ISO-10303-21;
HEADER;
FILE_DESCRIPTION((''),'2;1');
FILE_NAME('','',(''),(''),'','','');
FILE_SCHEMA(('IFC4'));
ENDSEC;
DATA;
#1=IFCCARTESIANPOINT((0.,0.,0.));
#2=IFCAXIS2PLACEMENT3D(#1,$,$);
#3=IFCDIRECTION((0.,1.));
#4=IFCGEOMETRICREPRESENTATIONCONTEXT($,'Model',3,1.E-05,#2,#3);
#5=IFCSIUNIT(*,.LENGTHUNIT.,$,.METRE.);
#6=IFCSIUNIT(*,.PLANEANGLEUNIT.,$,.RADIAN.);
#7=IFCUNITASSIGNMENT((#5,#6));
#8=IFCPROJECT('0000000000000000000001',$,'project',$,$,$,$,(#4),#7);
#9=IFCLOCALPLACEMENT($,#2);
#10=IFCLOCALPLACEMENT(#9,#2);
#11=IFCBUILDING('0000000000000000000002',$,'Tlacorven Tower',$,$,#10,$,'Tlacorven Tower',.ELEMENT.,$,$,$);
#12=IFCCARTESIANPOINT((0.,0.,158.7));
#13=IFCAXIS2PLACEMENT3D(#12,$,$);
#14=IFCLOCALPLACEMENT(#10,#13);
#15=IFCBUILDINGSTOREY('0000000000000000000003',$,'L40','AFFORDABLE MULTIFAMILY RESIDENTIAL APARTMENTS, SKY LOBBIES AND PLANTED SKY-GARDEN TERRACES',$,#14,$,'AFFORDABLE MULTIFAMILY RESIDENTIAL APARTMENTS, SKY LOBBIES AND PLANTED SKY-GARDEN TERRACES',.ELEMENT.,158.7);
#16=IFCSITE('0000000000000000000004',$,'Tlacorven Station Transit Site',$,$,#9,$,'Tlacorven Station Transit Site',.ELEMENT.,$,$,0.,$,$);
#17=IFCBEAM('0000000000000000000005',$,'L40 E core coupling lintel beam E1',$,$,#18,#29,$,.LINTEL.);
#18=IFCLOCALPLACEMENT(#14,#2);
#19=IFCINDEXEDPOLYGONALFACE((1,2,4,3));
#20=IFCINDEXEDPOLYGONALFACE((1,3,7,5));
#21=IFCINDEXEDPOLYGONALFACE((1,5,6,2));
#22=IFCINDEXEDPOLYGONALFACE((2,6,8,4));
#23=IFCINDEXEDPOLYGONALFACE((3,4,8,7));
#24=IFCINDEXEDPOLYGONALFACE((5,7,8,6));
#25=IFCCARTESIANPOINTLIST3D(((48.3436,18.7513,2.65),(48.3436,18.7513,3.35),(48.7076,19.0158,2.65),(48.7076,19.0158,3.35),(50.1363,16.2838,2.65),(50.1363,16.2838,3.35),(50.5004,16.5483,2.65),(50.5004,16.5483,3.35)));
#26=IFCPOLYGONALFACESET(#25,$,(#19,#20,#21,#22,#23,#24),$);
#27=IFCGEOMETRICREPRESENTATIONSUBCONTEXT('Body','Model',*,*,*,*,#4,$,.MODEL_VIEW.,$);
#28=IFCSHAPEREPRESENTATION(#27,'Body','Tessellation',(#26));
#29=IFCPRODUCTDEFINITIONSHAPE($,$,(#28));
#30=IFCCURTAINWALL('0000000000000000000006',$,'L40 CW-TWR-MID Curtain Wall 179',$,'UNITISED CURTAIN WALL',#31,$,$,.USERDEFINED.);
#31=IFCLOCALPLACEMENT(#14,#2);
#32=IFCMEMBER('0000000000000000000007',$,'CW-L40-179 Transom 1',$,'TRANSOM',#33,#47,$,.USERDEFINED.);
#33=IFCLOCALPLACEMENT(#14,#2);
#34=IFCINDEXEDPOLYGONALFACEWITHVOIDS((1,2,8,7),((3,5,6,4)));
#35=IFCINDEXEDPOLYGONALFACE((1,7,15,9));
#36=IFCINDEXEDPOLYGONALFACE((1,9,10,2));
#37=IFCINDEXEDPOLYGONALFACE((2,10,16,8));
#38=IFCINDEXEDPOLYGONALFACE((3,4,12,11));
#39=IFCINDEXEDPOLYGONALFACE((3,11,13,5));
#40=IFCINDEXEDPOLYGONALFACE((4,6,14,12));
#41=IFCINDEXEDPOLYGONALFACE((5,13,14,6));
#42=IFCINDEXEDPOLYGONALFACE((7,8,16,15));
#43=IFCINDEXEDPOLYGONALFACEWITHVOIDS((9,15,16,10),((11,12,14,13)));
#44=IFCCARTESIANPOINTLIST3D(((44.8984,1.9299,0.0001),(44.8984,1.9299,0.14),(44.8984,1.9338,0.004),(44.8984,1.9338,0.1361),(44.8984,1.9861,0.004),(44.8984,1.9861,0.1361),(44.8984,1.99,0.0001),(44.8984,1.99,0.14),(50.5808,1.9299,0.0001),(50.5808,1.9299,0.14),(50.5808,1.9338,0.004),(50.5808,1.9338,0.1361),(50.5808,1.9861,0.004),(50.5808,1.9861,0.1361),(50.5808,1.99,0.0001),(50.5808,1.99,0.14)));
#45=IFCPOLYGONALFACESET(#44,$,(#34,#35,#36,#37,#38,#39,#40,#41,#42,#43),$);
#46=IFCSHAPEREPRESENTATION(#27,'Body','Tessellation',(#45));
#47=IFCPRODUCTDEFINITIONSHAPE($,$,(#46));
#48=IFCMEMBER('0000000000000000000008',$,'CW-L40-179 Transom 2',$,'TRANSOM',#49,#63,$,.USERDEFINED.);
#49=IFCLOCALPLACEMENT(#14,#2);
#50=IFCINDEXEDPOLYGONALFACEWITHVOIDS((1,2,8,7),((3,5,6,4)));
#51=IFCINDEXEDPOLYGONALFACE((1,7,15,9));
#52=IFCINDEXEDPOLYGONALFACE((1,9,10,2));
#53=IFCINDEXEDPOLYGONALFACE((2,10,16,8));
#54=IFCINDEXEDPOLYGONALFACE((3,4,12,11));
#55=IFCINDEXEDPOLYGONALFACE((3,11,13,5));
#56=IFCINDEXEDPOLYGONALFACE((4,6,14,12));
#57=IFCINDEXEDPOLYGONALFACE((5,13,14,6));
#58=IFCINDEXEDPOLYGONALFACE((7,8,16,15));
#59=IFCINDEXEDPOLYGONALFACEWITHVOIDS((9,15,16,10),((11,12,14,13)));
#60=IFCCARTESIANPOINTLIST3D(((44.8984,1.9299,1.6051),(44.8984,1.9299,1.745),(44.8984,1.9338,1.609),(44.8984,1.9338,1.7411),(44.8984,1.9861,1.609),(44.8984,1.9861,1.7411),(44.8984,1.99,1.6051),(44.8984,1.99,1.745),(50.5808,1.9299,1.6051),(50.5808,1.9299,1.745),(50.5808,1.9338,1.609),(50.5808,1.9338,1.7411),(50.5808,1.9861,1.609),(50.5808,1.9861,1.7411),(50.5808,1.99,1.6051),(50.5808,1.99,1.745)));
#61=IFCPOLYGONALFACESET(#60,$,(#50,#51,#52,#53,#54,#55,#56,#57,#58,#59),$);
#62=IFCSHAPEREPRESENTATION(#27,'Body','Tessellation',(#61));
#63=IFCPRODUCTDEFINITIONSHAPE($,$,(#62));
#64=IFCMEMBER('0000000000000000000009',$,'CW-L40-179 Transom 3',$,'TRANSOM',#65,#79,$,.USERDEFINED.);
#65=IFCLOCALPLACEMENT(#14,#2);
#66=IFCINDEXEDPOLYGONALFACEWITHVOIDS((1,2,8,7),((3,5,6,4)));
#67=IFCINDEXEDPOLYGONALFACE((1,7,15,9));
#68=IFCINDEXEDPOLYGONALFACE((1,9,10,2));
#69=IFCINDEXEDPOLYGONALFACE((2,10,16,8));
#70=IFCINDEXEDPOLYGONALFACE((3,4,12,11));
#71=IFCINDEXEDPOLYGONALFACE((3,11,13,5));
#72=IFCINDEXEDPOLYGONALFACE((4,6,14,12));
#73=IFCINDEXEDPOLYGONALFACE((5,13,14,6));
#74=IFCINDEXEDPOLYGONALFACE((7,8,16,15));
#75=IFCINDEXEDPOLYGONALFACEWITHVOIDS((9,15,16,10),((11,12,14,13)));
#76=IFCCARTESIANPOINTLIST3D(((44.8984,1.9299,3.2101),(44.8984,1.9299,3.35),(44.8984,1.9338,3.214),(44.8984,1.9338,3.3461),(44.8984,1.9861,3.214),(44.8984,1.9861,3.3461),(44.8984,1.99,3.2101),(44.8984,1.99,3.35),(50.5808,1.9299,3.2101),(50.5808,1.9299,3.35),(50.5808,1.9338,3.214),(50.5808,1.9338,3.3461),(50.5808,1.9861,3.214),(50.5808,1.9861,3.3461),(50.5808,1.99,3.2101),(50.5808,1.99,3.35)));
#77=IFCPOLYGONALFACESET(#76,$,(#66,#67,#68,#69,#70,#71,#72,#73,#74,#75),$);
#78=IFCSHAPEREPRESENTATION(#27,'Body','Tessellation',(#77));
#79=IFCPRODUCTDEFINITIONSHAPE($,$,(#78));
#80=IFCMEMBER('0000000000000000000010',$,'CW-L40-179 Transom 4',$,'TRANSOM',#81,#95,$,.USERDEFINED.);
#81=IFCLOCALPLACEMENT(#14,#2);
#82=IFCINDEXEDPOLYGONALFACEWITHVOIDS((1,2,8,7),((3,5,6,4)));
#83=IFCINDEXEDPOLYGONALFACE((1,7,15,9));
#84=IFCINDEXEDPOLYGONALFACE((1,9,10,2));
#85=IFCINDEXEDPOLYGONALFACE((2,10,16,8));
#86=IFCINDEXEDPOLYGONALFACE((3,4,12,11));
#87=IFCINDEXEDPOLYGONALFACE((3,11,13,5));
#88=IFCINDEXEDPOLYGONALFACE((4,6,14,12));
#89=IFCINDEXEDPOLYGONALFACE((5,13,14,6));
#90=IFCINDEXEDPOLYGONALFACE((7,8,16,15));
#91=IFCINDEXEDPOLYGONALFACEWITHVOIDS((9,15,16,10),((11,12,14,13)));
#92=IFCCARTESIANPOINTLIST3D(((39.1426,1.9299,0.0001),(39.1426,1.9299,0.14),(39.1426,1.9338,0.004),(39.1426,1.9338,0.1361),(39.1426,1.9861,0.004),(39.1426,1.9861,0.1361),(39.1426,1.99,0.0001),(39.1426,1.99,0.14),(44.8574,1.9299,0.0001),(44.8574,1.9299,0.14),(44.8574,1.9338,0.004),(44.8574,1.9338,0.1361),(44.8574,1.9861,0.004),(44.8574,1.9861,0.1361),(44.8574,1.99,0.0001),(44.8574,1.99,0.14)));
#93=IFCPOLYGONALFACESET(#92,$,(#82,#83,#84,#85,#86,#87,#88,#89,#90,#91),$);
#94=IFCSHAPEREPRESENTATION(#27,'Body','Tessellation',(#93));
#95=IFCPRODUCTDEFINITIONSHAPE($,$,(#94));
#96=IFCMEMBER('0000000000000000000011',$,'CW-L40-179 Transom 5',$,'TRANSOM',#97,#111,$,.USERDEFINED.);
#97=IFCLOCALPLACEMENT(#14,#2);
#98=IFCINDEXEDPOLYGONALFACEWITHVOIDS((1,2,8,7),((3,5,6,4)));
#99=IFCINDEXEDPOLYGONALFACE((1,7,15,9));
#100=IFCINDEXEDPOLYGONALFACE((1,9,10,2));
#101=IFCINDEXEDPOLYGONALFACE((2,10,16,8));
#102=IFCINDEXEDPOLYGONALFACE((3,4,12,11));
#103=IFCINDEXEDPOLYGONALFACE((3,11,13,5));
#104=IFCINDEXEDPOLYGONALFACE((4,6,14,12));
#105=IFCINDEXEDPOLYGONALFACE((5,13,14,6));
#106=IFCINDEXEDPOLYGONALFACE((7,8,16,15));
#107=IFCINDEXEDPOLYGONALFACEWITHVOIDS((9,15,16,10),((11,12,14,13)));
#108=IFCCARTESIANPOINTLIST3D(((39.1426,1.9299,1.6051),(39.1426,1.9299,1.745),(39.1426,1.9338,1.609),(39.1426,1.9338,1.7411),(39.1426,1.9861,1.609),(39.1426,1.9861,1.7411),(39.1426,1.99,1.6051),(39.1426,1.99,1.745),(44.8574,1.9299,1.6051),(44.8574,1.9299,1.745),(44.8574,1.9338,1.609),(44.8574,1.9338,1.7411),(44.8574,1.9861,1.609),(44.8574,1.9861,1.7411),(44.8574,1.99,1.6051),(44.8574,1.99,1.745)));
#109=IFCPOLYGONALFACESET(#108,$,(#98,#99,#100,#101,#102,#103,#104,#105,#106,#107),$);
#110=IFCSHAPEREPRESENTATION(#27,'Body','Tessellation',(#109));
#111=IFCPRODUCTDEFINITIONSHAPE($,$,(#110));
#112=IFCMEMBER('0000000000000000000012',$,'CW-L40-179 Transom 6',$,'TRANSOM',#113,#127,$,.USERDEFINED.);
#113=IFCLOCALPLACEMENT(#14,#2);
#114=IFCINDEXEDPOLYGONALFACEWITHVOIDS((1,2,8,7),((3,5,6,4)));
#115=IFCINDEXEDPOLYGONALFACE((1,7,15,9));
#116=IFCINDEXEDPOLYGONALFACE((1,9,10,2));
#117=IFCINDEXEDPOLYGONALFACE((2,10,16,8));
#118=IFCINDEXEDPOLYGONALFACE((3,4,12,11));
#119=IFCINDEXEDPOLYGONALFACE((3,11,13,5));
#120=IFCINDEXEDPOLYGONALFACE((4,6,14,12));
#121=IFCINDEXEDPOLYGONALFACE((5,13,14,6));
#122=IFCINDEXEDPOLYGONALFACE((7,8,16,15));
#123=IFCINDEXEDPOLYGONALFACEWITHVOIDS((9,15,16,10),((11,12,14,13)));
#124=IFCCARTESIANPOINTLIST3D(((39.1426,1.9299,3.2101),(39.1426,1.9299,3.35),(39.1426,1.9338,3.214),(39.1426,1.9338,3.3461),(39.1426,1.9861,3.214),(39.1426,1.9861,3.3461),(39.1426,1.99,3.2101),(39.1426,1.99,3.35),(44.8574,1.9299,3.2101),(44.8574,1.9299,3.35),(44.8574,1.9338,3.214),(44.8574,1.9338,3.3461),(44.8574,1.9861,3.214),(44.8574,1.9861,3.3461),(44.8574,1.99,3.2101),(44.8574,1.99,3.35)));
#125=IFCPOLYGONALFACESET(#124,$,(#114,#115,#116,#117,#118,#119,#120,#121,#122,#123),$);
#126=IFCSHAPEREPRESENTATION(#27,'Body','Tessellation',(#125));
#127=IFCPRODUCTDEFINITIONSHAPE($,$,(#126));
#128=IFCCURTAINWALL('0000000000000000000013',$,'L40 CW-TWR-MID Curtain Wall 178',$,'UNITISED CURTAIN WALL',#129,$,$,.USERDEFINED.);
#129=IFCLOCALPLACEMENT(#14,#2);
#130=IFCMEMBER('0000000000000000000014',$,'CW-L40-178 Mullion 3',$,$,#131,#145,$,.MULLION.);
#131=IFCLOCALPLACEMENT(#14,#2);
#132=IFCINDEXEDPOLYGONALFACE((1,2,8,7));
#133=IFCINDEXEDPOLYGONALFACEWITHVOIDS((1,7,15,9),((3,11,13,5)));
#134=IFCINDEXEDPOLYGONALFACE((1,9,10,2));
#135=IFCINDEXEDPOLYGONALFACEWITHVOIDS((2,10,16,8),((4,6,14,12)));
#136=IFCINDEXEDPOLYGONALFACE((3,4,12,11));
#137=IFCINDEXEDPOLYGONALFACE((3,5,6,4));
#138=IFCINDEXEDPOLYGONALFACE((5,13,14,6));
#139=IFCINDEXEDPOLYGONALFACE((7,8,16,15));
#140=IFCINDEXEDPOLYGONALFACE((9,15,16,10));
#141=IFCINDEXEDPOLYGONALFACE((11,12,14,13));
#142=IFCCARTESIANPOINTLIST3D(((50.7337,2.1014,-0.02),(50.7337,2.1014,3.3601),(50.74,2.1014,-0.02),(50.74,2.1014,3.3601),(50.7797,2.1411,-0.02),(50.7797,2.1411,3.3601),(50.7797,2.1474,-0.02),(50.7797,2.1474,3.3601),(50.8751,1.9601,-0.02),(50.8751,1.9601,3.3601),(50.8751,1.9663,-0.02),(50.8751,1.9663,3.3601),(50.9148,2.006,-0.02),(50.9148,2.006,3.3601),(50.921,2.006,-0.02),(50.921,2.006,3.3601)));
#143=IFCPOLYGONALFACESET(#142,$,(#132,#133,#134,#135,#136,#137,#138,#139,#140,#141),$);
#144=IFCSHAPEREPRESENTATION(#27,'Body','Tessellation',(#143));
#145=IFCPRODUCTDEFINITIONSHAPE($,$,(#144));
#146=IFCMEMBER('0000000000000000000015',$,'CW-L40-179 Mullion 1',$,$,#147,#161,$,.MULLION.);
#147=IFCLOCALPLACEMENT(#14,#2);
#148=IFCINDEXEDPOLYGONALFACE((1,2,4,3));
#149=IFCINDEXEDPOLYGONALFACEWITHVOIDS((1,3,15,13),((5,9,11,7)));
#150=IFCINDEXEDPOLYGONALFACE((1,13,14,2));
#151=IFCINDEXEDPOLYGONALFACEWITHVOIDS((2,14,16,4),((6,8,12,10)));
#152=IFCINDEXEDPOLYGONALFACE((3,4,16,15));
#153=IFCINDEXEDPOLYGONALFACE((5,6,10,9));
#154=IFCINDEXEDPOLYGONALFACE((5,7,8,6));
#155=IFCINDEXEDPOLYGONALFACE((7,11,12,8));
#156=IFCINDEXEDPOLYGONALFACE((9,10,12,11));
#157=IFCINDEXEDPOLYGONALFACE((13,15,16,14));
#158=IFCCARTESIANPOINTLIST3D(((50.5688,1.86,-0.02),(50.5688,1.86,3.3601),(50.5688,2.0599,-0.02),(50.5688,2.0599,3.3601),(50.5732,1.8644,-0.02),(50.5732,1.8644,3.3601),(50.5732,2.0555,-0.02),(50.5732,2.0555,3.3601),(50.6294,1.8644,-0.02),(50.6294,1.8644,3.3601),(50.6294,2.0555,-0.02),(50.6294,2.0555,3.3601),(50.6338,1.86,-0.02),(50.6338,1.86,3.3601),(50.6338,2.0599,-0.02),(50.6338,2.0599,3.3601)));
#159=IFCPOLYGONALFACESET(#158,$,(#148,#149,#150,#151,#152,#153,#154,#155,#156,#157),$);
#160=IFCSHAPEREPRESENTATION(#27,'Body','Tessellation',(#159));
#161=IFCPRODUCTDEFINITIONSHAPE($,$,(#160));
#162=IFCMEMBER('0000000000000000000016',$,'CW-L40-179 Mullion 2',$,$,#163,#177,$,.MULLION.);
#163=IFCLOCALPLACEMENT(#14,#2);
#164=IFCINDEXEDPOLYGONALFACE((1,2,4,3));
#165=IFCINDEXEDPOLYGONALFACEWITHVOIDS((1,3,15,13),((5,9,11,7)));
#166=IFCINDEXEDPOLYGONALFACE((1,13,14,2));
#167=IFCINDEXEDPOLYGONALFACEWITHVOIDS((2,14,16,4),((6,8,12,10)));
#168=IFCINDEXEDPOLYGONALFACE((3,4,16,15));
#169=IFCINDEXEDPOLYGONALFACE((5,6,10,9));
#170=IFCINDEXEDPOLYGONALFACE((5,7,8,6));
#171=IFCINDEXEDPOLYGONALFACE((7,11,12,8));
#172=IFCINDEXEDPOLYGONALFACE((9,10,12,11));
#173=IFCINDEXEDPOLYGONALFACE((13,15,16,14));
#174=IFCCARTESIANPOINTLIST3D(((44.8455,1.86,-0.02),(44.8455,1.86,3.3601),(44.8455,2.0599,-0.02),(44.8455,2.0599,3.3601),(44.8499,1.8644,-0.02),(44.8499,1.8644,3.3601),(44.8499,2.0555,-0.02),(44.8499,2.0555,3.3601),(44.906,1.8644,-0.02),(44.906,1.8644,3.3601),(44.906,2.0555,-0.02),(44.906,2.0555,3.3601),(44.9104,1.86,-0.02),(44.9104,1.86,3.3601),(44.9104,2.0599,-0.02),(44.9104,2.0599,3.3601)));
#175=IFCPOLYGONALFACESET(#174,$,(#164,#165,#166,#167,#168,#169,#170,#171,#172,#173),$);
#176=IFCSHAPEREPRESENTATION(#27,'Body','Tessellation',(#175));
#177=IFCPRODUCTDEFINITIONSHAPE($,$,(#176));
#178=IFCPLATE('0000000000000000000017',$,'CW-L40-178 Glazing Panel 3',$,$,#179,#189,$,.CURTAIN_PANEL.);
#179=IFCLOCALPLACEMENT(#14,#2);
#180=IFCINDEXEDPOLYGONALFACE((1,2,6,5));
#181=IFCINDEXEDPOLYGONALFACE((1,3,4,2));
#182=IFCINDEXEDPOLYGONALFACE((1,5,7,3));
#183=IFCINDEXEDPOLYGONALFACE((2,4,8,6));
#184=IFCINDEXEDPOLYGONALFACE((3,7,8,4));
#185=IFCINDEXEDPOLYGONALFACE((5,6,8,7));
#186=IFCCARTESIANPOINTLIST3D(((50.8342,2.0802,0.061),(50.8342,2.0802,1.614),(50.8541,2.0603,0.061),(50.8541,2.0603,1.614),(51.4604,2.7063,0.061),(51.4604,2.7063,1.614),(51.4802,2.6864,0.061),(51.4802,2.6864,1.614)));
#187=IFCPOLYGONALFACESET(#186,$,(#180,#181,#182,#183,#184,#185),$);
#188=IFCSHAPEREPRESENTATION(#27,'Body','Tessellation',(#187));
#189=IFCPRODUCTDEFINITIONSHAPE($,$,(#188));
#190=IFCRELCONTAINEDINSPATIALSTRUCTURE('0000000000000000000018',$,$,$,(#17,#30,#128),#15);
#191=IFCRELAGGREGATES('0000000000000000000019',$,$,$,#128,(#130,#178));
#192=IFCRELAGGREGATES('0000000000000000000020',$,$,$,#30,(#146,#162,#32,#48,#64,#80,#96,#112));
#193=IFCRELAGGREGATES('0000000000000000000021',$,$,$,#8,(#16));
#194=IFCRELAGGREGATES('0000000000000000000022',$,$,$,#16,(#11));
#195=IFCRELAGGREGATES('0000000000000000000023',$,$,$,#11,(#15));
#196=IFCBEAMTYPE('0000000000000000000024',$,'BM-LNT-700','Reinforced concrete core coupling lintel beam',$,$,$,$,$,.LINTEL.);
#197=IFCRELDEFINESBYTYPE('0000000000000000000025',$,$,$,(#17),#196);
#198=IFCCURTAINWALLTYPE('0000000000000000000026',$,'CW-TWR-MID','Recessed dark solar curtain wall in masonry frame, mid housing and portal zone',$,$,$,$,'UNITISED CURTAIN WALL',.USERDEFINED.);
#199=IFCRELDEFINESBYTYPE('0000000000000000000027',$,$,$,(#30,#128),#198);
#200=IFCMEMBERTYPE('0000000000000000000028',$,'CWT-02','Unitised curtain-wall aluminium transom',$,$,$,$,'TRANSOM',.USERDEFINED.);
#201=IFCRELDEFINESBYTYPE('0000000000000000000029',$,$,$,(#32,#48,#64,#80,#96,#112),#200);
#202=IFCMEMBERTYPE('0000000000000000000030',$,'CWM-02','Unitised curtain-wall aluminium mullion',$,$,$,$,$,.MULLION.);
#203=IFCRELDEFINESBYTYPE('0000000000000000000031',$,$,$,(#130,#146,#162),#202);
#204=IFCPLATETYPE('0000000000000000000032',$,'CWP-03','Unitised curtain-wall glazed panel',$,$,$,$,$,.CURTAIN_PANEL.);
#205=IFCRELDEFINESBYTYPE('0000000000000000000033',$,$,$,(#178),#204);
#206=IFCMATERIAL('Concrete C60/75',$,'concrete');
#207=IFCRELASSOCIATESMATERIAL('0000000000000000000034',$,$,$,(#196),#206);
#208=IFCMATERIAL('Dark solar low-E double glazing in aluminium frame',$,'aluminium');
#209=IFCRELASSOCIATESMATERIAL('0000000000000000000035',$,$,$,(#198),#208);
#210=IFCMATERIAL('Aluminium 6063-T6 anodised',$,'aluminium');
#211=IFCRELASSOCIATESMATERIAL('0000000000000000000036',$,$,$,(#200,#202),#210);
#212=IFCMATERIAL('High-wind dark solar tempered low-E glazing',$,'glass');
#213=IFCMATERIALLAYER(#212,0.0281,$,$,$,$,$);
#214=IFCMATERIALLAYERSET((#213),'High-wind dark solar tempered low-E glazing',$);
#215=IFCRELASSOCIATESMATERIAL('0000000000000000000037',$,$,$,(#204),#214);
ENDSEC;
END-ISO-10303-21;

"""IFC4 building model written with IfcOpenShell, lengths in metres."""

from ifc_helpers import new_model, si_unit, direction, frame, origin, origin_2d, place, context, subcontext, project, spatial, rectangle, hollow_rectangle, extrude, source, transform, mapped, material, layer, layer_set, material_profile, profile_set, type_object, element, aggregate, save


model = new_model("IFC4")

# Units and contexts
model_context = context("Model", 3, precision=1e-05, world=origin(), true_north=direction((0.0, 1.0)))
body_context = subcontext(model_context, "Body", "Model", "MODEL_VIEW")
ifc_project = project(units=[si_unit("LENGTHUNIT", "METRE"), si_unit("PLANEANGLEUNIT", "RADIAN")], contexts=[model_context])

# Site, building, storey
site_placement = place(None, origin())
site = spatial("IfcSite", under=ifc_project, at=site_placement, Name="Tlacorven Station Transit Site", LongName="Tlacorven Station Transit Site", CompositionType="ELEMENT", RefElevation=0.0)
building_placement = place(site_placement, origin())
building = spatial("IfcBuilding", under=site, at=building_placement, Name="Tlacorven Tower", LongName="Tlacorven Tower", CompositionType="ELEMENT")
storey_placement = place(building_placement, frame((0.0, 0.0, 158.7)))
storey = spatial("IfcBuildingStorey", under=building, at=storey_placement, Name="L40", Description="AFFORDABLE MULTIFAMILY RESIDENTIAL APARTMENTS, SKY LOBBIES AND PLANTED SKY-GARDEN TERRACES", LongName="AFFORDABLE MULTIFAMILY RESIDENTIAL APARTMENTS, SKY LOBBIES AND PLANTED SKY-GARDEN TERRACES", CompositionType="ELEMENT", Elevation=158.7)

# Beam
ifc_material_1 = material(Name="Concrete C60/75", Category="concrete")
ifc_material_profile_1 = material_profile(ifc_material_1, rectangle(XDim=0.45, YDim=0.7, at=origin_2d()), Name="RC 450X700")
ifc_profile_set_1 = profile_set([ifc_material_profile_1], Name="Concrete C60/75")
beam_type = type_object("IfcBeamType", Name="BM-LNT-700", Description="Reinforced concrete core coupling lintel beam", PredefinedType="LINTEL", material=ifc_profile_set_1)
shared_shape_1 = source(origin(), body_context, "Body", "SweptSolid", [
    extrude(rectangle(XDim=0.45, YDim=0.7, at=origin_2d()), origin(), (0.0, 0.0, 1.0), 3.05),
])
beam_placement = place(storey_placement, frame((50.3184, 16.416, 3.0), z_axis=(-0.587777, 0.809023, 0.0), x_axis=(-0.809023, -0.587777, 0.0)))
element("IfcBeam", 1, at=beam_placement, inside=storey, type_object=beam_type, Name="L40 E core coupling lintel beam E1", PredefinedType="LINTEL", context=body_context, shape_type="MappedRepresentation", body=[
    mapped(shared_shape_1, transform((0.0, 0.0, 0.0), scale=1.0)),
])

# Curtain wall, members
ifc_material_2 = material(Name="Dark solar low-E double glazing in aluminium frame", Category="aluminium")
curtain_wall_type = type_object("IfcCurtainWallType", Name="CW-TWR-MID", Description="Recessed dark solar curtain wall in masonry frame, mid housing and portal zone", ElementType="UNITISED CURTAIN WALL", PredefinedType="USERDEFINED", material=ifc_material_2)
curtain_wall_1_placement = place(storey_placement, origin())
curtain_wall_1 = element("IfcCurtainWall", 2, at=curtain_wall_1_placement, inside=storey, type_object=curtain_wall_type, Name="L40 CW-TWR-MID Curtain Wall 179", ObjectType="UNITISED CURTAIN WALL", PredefinedType="USERDEFINED")
ifc_material_3 = material(Name="Aluminium 6063-T6 anodised", Category="aluminium")
ifc_material_profile_2 = material_profile(ifc_material_3, hollow_rectangle(XDim=0.0601, YDim=0.1399, WallThickness=0.0039, at=origin_2d()), Name="ALU TRANSOM 60X140")
ifc_profile_set_2 = profile_set([ifc_material_profile_2], Name="Aluminium 6063-T6 anodised")
member_type_1 = type_object("IfcMemberType", Name="CWT-02", Description="Unitised curtain-wall aluminium transom", ElementType="TRANSOM", PredefinedType="USERDEFINED", material=ifc_profile_set_2)
shared_shape_2 = source(origin(), body_context, "Body", "SweptSolid", [
    extrude(hollow_rectangle(XDim=0.0601, YDim=0.1399, WallThickness=0.0039, at=origin_2d()), origin(), (0.0, 0.0, 1.0), 5.6824),
])
member_1_placement = place(storey_placement, frame((50.5808, 1.96, 0.0701), z_axis=(-1.0, 0.0, 0.0), x_axis=(0.0, -1.0, 0.0)))
member_1 = element("IfcMember", 3, at=member_1_placement, type_object=member_type_1, Name="CW-L40-179 Transom 1", ObjectType="TRANSOM", PredefinedType="USERDEFINED", context=body_context, shape_type="MappedRepresentation", body=[
    mapped(shared_shape_2, transform((0.0, 0.0, 0.0), scale=1.0)),
])
member_2_placement = place(storey_placement, frame((50.5808, 1.96, 1.675), z_axis=(-1.0, 0.0, 0.0), x_axis=(0.0, -1.0, 0.0)))
member_2 = element("IfcMember", 4, at=member_2_placement, type_object=member_type_1, Name="CW-L40-179 Transom 2", ObjectType="TRANSOM", PredefinedType="USERDEFINED", context=body_context, shape_type="MappedRepresentation", body=[
    mapped(shared_shape_2, transform((0.0, 0.0, 0.0), scale=1.0)),
])
member_3_placement = place(storey_placement, frame((50.5808, 1.96, 3.28), z_axis=(-1.0, 0.0, 0.0), x_axis=(0.0, -1.0, 0.0)))
member_3 = element("IfcMember", 5, at=member_3_placement, type_object=member_type_1, Name="CW-L40-179 Transom 3", ObjectType="TRANSOM", PredefinedType="USERDEFINED", context=body_context, shape_type="MappedRepresentation", body=[
    mapped(shared_shape_2, transform((0.0, 0.0, 0.0), scale=1.0)),
])
shared_shape_3 = source(origin(), body_context, "Body", "SweptSolid", [
    extrude(hollow_rectangle(XDim=0.0601, YDim=0.1399, WallThickness=0.0039, at=origin_2d()), origin(), (0.0, 0.0, 1.0), 5.7148),
])
member_4_placement = place(storey_placement, frame((44.8574, 1.96, 0.0701), z_axis=(-1.0, 0.0, 0.0), x_axis=(0.0, -1.0, 0.0)))
member_4 = element("IfcMember", 6, at=member_4_placement, type_object=member_type_1, Name="CW-L40-179 Transom 4", ObjectType="TRANSOM", PredefinedType="USERDEFINED", context=body_context, shape_type="MappedRepresentation", body=[
    mapped(shared_shape_3, transform((0.0, 0.0, 0.0), scale=1.0)),
])
member_5_placement = place(storey_placement, frame((44.8574, 1.96, 1.675), z_axis=(-1.0, 0.0, 0.0), x_axis=(0.0, -1.0, 0.0)))
member_5 = element("IfcMember", 7, at=member_5_placement, type_object=member_type_1, Name="CW-L40-179 Transom 5", ObjectType="TRANSOM", PredefinedType="USERDEFINED", context=body_context, shape_type="MappedRepresentation", body=[
    mapped(shared_shape_3, transform((0.0, 0.0, 0.0), scale=1.0)),
])
member_6_placement = place(storey_placement, frame((44.8574, 1.96, 3.28), z_axis=(-1.0, 0.0, 0.0), x_axis=(0.0, -1.0, 0.0)))
member_6 = element("IfcMember", 8, at=member_6_placement, type_object=member_type_1, Name="CW-L40-179 Transom 6", ObjectType="TRANSOM", PredefinedType="USERDEFINED", context=body_context, shape_type="MappedRepresentation", body=[
    mapped(shared_shape_3, transform((0.0, 0.0, 0.0), scale=1.0)),
])

# Curtain wall, member
curtain_wall_2_placement = place(storey_placement, origin())
curtain_wall_2 = element("IfcCurtainWall", 9, at=curtain_wall_2_placement, inside=storey, type_object=curtain_wall_type, Name="L40 CW-TWR-MID Curtain Wall 178", ObjectType="UNITISED CURTAIN WALL", PredefinedType="USERDEFINED")
ifc_material_profile_3 = material_profile(ifc_material_3, hollow_rectangle(XDim=0.0649, YDim=0.2, WallThickness=0.0044, at=origin_2d()), Name="ALU MULLION 65X200")
ifc_profile_set_3 = profile_set([ifc_material_profile_3], Name="Aluminium 6063-T6 anodised")
member_type_2 = type_object("IfcMemberType", Name="CWM-02", Description="Unitised curtain-wall aluminium mullion", PredefinedType="MULLION", material=ifc_profile_set_3)
shared_shape_4 = source(origin(), body_context, "Body", "SweptSolid", [
    extrude(hollow_rectangle(XDim=0.0649, YDim=0.2, WallThickness=0.0044, at=origin_2d()), origin(), (0.0, 0.0, 1.0), 3.3801),
])
member_7_placement = place(storey_placement, frame((50.8274, 2.0537, -0.02), z_axis=(0.0, 0.0, 1.0), x_axis=(-0.707107, -0.707107, 0.0)))
member_7 = element("IfcMember", 10, at=member_7_placement, type_object=member_type_2, Name="CW-L40-178 Mullion 3", PredefinedType="MULLION", context=body_context, shape_type="MappedRepresentation", body=[
    mapped(shared_shape_4, transform((0.0, 0.0, 0.0), scale=1.0)),
])

# Members
member_8_placement = place(storey_placement, frame((50.6013, 1.96, -0.02), z_axis=(0.0, 0.0, 1.0), x_axis=(-1.0, 0.0, 0.0)))
member_8 = element("IfcMember", 11, at=member_8_placement, type_object=member_type_2, Name="CW-L40-179 Mullion 1", PredefinedType="MULLION", context=body_context, shape_type="MappedRepresentation", body=[
    mapped(shared_shape_4, transform((0.0, 0.0, 0.0), scale=1.0)),
])
member_9_placement = place(storey_placement, frame((44.8779, 1.96, -0.02), z_axis=(0.0, 0.0, 1.0), x_axis=(-1.0, 0.0, 0.0)))
member_9 = element("IfcMember", 12, at=member_9_placement, type_object=member_type_2, Name="CW-L40-179 Mullion 2", PredefinedType="MULLION", context=body_context, shape_type="MappedRepresentation", body=[
    mapped(shared_shape_4, transform((0.0, 0.0, 0.0), scale=1.0)),
])

# Plate
ifc_material_4 = material(Name="High-wind dark solar tempered low-E glazing", Category="glass")
ifc_layer_1 = layer(ifc_material_4, 0.0281)
ifc_layer_set_1 = layer_set([ifc_layer_1], Name="High-wind dark solar tempered low-E glazing")
plate_type = type_object("IfcPlateType", Name="CWP-03", Description="Unitised curtain-wall glazed panel", PredefinedType="CURTAIN_PANEL", material=ifc_layer_set_1)
shared_shape_5 = source(origin(), body_context, "Body", "SweptSolid", [
    extrude(rectangle(XDim=0.8855, YDim=0.0281, at=origin_2d()), origin(), (0.0, 0.0, 1.0), 1.553),
])
plate_1_placement = place(storey_placement, frame((51.1572, 2.3833, 0.061), z_axis=(0.0, 0.0, 1.0), x_axis=(-0.707107, -0.707107, 0.0)))
plate_1 = element("IfcPlate", 13, at=plate_1_placement, type_object=plate_type, Name="CW-L40-178 Glazing Panel 3", PredefinedType="CURTAIN_PANEL", context=body_context, shape_type="MappedRepresentation", body=[
    mapped(shared_shape_5, transform((0.0, 0.0, 0.0), scale=1.0)),
])
aggregate(curtain_wall_2, [member_7, plate_1])
aggregate(curtain_wall_1, [member_8, member_9, member_1, member_2, member_3, member_4, member_5, member_6])

save(model, "model.ifc")
